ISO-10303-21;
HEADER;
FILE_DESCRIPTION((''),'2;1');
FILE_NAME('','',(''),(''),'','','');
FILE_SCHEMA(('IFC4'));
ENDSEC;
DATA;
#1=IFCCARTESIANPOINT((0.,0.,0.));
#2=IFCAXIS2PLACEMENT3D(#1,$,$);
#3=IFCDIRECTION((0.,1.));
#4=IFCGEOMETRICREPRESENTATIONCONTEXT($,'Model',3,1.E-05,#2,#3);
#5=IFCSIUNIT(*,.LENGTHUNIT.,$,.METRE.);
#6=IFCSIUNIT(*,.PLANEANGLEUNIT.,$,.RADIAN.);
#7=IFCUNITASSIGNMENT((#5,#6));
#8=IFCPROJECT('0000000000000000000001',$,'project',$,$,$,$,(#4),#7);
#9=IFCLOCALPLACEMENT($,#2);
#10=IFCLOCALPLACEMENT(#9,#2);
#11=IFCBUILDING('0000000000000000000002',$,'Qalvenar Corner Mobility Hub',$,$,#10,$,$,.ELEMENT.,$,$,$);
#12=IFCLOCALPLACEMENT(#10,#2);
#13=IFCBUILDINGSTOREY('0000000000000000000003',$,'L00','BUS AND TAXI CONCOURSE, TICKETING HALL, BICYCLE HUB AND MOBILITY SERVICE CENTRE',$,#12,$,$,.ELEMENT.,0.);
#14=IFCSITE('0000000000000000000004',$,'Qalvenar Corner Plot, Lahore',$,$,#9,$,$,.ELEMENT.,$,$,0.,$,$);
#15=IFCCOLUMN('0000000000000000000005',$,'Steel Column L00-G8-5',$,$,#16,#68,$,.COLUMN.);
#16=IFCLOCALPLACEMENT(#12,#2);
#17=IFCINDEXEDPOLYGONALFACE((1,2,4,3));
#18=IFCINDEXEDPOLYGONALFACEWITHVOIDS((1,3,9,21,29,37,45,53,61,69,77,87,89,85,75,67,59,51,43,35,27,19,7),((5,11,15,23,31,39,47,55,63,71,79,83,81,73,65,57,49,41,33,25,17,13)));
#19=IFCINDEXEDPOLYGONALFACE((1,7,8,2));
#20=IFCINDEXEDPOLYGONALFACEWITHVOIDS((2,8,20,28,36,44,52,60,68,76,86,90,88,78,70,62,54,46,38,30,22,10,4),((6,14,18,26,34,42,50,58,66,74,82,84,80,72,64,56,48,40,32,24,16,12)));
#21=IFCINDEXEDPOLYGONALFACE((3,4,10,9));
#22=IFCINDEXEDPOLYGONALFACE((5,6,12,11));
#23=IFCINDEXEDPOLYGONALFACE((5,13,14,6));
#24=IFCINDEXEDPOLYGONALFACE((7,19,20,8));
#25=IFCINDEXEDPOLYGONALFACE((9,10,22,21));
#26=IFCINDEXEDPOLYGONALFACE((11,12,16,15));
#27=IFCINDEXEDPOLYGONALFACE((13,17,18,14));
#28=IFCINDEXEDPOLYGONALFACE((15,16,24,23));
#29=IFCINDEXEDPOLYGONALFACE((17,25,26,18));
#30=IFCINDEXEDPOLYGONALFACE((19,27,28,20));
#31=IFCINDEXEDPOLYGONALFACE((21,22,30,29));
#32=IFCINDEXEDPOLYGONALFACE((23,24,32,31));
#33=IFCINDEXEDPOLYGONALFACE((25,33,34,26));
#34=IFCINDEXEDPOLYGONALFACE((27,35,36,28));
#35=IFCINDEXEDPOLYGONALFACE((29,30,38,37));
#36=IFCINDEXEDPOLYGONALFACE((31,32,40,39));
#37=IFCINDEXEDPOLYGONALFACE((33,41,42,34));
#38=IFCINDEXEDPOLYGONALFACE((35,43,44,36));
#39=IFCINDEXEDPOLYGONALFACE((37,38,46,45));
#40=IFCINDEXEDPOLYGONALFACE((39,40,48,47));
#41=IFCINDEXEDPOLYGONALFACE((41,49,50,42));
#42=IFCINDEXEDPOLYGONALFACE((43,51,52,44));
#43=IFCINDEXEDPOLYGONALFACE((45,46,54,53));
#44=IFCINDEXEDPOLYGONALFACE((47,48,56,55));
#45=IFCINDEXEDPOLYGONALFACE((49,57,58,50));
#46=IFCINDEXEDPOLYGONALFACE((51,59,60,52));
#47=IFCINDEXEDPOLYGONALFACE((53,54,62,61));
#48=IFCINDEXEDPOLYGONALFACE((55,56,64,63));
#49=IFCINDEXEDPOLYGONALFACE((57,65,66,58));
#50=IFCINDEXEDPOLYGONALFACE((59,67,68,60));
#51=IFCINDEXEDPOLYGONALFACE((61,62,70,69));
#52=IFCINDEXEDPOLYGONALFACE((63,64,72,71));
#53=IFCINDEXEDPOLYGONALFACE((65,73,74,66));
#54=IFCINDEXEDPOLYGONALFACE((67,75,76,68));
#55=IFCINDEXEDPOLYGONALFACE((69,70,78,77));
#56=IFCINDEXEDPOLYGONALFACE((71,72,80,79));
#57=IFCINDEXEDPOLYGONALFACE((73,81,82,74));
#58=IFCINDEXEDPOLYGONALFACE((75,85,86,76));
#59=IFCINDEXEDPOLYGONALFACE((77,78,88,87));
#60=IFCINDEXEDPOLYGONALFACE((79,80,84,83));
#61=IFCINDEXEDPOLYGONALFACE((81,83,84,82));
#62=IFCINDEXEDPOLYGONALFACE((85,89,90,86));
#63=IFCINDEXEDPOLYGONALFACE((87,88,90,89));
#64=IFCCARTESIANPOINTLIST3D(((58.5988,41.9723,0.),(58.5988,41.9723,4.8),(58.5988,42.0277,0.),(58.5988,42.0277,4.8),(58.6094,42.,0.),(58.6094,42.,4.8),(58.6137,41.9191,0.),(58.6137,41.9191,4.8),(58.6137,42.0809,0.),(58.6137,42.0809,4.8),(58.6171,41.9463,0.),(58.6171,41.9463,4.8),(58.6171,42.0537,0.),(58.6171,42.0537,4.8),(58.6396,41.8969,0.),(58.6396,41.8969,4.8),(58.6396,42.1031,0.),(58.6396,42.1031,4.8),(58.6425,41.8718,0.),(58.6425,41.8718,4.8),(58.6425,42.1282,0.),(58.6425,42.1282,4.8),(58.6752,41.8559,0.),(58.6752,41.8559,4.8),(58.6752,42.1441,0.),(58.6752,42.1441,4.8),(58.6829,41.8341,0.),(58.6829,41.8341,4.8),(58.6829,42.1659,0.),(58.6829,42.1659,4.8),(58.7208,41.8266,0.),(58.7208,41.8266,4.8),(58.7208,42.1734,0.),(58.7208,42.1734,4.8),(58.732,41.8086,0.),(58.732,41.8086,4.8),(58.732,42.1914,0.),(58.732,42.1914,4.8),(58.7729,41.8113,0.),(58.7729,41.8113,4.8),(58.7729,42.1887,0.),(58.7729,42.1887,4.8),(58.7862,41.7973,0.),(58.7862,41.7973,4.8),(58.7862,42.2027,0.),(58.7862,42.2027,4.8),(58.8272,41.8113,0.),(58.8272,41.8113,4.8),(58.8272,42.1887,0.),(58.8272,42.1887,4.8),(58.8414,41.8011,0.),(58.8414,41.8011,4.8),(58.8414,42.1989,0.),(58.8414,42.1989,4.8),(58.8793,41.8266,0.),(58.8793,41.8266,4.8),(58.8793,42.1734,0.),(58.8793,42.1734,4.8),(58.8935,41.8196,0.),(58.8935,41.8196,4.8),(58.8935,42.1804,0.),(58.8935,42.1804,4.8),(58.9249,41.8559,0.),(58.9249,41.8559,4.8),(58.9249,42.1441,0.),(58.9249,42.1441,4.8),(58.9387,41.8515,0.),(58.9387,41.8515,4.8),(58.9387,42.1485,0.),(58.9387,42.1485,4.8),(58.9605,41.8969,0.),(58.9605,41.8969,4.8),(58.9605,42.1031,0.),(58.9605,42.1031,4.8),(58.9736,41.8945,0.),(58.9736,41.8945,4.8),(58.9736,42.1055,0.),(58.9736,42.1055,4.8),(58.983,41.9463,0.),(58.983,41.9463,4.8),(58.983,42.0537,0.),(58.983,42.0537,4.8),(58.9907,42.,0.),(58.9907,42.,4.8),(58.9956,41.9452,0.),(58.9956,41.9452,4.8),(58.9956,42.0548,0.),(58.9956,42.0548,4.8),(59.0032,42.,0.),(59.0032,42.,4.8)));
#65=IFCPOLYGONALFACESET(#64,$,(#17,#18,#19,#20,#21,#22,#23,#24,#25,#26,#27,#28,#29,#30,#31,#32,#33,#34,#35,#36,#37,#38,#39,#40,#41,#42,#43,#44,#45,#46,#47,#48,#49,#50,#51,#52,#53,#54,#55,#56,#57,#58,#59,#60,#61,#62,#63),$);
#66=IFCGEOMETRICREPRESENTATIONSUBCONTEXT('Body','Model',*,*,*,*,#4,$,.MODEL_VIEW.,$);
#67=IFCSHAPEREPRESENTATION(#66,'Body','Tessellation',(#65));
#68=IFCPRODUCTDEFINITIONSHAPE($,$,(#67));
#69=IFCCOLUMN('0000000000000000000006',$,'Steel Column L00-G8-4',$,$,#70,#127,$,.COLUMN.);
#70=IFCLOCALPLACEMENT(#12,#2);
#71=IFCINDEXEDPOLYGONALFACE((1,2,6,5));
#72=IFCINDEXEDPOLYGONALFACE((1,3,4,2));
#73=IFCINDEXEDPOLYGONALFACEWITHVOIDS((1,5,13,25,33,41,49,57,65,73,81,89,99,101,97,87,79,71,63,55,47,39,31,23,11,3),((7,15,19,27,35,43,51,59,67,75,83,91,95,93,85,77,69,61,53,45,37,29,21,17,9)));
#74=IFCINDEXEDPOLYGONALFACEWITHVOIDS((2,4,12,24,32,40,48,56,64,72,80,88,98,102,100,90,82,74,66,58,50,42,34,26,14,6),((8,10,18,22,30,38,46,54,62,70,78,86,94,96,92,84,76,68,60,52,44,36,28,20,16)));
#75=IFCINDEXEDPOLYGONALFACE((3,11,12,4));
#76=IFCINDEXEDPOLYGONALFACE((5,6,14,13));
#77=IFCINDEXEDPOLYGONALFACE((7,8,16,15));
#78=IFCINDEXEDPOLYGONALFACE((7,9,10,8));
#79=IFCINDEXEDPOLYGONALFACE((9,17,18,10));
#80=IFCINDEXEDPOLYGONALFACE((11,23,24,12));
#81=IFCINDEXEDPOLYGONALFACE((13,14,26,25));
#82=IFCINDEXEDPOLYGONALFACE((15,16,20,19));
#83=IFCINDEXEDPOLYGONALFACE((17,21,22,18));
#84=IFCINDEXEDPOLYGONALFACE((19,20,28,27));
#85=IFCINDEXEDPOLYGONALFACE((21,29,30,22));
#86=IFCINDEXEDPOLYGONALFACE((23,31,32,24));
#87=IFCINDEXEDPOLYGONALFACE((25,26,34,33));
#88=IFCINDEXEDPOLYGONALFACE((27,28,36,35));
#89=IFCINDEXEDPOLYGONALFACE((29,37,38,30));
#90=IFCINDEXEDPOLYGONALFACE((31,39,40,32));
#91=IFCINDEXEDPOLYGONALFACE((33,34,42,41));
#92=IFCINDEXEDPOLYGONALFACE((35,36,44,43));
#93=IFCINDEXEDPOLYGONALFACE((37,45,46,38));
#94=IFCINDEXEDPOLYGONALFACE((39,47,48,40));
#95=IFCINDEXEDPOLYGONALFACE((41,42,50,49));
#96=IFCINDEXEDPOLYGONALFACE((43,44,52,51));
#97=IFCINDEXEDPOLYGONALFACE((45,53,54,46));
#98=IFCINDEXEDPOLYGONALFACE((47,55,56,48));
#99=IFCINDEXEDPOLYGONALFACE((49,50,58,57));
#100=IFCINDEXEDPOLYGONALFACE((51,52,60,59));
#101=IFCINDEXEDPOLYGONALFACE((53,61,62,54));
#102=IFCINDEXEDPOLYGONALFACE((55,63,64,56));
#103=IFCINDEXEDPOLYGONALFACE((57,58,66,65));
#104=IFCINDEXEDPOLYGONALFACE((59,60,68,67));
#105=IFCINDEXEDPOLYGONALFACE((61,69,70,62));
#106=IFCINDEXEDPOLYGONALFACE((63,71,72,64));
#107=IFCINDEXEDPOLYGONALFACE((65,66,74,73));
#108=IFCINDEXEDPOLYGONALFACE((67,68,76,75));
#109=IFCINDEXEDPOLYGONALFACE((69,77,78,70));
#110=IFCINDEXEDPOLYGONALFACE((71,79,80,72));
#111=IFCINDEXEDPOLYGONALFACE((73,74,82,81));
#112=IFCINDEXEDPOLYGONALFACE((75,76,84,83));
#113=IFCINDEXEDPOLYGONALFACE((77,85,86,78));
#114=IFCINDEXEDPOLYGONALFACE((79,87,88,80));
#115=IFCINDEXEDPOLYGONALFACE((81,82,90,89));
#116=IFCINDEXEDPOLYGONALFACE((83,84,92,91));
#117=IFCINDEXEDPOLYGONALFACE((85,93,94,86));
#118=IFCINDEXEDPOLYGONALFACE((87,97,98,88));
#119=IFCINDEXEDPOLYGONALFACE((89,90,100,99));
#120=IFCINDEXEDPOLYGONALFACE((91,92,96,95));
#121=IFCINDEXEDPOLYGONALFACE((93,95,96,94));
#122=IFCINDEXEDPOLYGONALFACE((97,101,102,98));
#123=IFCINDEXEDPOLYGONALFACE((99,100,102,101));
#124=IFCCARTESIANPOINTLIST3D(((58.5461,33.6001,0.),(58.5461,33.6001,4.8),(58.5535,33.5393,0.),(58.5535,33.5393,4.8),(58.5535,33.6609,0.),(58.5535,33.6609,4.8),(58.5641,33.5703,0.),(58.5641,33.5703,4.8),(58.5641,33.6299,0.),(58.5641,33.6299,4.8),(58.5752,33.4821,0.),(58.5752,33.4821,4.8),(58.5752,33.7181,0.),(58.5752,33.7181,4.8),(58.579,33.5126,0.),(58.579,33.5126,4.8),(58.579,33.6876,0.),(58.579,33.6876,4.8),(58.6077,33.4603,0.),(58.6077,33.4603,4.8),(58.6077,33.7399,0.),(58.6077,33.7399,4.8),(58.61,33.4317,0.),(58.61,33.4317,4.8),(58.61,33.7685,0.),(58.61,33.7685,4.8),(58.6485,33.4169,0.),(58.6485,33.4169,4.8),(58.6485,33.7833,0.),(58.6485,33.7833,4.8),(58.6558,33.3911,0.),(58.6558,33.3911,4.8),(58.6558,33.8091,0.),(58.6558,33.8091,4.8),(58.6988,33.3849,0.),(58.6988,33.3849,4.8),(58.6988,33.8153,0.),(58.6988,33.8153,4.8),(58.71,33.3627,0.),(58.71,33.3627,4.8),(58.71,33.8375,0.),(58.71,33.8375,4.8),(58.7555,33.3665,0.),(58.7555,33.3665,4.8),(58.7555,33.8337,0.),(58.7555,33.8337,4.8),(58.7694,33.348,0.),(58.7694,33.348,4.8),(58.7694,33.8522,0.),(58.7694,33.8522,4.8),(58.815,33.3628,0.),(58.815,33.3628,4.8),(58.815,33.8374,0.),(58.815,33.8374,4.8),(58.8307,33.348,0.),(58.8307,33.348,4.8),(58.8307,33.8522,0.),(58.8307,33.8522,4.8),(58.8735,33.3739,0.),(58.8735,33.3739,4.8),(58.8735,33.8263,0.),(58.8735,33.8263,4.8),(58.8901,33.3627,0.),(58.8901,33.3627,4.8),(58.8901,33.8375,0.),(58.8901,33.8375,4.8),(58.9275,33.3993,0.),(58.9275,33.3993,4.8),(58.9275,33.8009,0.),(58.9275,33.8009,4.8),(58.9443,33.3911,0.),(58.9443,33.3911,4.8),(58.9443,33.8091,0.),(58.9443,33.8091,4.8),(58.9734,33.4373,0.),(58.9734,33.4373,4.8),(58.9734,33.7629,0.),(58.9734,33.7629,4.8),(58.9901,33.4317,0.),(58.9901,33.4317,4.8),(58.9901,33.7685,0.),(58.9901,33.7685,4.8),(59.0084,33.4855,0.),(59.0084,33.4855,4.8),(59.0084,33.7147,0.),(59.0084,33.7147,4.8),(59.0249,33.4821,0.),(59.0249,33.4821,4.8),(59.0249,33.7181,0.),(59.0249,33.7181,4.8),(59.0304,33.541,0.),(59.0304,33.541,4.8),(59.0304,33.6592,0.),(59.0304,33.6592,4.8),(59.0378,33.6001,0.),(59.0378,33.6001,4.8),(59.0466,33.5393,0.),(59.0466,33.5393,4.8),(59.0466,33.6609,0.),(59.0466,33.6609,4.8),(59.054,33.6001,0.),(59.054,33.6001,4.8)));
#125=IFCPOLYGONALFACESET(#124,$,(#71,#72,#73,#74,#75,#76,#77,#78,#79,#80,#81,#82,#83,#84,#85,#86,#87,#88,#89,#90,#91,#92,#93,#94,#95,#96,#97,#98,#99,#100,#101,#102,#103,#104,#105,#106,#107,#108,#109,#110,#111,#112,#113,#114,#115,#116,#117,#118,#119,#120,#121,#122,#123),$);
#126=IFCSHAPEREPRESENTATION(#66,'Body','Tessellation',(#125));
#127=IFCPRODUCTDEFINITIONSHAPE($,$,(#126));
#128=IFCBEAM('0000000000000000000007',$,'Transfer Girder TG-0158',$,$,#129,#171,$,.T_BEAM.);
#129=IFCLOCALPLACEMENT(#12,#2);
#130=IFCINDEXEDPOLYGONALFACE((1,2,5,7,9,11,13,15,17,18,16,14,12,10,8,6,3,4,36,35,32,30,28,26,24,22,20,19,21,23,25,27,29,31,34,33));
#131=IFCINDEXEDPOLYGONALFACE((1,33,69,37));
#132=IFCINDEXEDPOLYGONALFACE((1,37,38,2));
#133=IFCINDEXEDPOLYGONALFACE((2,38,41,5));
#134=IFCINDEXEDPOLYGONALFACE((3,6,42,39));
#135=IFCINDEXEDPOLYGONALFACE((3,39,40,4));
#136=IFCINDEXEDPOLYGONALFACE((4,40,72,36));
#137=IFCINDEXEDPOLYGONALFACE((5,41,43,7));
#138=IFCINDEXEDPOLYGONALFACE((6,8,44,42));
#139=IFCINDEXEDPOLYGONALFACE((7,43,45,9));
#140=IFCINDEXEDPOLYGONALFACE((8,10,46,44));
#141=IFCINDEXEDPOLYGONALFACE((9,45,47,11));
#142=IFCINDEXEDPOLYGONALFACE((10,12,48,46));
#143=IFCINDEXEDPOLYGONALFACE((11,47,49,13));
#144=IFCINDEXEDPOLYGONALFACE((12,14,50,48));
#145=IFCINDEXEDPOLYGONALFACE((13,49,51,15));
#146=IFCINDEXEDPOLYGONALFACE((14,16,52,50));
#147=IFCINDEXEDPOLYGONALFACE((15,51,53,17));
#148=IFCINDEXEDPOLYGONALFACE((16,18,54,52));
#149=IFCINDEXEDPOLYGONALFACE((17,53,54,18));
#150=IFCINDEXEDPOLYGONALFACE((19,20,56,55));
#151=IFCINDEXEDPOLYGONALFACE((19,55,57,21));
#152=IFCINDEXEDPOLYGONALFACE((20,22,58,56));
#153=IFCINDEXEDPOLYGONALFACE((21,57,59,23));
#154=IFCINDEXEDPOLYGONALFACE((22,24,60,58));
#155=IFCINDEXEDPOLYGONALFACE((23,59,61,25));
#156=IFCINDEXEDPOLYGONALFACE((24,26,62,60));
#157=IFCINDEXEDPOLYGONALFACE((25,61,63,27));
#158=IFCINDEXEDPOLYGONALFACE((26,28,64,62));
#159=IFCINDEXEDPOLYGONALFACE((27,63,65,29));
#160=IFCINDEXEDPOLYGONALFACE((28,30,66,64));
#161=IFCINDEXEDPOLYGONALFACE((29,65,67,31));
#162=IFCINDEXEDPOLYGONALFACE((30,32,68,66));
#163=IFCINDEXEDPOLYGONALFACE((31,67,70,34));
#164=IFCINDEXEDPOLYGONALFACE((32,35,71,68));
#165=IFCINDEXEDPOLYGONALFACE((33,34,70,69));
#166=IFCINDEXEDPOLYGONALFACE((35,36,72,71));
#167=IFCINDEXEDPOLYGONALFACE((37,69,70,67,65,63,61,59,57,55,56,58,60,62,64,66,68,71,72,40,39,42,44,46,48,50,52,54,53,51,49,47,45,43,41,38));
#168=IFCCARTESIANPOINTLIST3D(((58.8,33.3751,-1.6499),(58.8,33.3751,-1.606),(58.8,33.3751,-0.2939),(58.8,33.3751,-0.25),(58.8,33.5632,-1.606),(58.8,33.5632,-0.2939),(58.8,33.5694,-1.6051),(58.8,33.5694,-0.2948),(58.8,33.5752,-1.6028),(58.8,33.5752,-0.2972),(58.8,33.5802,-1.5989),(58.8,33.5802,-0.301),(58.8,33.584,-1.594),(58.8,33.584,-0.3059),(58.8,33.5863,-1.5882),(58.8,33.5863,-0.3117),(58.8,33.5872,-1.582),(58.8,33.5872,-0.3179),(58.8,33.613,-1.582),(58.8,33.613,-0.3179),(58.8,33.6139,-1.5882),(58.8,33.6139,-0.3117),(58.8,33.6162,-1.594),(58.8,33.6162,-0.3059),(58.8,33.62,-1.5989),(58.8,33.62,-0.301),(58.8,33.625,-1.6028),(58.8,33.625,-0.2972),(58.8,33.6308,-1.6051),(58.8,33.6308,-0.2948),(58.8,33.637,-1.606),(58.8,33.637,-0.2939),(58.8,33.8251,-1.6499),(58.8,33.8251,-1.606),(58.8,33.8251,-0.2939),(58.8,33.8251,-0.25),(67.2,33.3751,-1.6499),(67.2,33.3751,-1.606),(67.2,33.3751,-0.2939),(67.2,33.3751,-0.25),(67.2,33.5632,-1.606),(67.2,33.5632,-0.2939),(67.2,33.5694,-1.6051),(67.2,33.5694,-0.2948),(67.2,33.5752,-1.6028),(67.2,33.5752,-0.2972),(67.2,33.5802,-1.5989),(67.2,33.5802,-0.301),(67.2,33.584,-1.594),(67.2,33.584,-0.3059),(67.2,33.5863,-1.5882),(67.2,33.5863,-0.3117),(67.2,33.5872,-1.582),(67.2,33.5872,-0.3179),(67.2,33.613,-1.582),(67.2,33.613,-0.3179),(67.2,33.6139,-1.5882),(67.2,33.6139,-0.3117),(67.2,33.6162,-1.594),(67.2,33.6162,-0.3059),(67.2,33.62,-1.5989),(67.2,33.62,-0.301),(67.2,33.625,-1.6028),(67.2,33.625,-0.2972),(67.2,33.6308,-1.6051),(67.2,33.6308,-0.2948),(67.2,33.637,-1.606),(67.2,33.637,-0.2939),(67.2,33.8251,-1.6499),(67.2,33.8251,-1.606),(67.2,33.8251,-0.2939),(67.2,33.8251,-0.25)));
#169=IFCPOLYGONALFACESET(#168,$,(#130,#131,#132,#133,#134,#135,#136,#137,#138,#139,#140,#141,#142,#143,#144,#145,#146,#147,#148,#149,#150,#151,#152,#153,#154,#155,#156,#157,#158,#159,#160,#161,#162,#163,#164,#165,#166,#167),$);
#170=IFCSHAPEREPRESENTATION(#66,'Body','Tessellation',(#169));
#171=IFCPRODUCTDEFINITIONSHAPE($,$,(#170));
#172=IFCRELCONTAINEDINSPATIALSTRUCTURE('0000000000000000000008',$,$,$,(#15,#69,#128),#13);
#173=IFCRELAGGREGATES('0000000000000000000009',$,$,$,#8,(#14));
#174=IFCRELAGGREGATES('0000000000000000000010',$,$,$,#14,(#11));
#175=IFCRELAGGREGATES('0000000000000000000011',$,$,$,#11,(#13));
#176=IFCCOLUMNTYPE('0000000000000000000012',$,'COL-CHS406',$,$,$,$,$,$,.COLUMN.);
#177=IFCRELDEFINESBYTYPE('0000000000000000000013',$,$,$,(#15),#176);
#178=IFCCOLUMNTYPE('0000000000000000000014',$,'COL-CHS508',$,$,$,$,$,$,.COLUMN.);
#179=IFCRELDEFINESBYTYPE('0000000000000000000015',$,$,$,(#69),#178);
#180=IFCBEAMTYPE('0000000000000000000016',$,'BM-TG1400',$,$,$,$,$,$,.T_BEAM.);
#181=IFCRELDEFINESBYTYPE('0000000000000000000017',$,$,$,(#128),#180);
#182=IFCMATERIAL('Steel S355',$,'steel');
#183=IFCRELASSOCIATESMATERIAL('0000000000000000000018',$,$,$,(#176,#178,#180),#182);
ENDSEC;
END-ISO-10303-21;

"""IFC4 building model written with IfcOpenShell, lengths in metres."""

from ifc_helpers import new_model, si_unit, direction, frame, origin, origin_2d, place, context, subcontext, project, spatial, hollow_circle, i_section, extrude, material, material_profile, profile_set, type_object, element, save


model = new_model("IFC4")

# Units and contexts
model_context = context("Model", 3, precision=1e-05, world=origin(), true_north=direction((0.0, 1.0)))
body_context = subcontext(model_context, "Body", "Model", "MODEL_VIEW")
ifc_project = project(units=[si_unit("LENGTHUNIT", "METRE"), si_unit("PLANEANGLEUNIT", "RADIAN")], contexts=[model_context])

# Site, building, storey
site_placement = place(None, origin())
site = spatial("IfcSite", under=ifc_project, at=site_placement, Name="Qalvenar Corner Plot, Lahore", CompositionType="ELEMENT", RefElevation=0.0)
building_placement = place(site_placement, origin())
building = spatial("IfcBuilding", under=site, at=building_placement, Name="Qalvenar Corner Mobility Hub", CompositionType="ELEMENT")
storey_placement = place(building_placement, origin())
storey = spatial("IfcBuildingStorey", under=building, at=storey_placement, Name="L00", Description="BUS AND TAXI CONCOURSE, TICKETING HALL, BICYCLE HUB AND MOBILITY SERVICE CENTRE", CompositionType="ELEMENT", Elevation=0.0)

# Columns
ifc_material_1 = material(Name="Steel S355", Category="steel")
ifc_material_profile_1 = material_profile(ifc_material_1, hollow_circle(Radius=0.2031, WallThickness=0.0125, at=origin_2d()), Name="CHS406.4x12.5")
ifc_profile_set_1 = profile_set([ifc_material_profile_1], Name="Steel S355")
column_type_1 = type_object("IfcColumnType", Name="COL-CHS406", PredefinedType="COLUMN", material=ifc_profile_set_1)
column_1_placement = place(storey_placement, frame((58.8, 42.0, 0.0), z_axis=(0.0, 0.0, 1.0), x_axis=(1.0, 0.0, 0.0)))
element("IfcColumn", 1, at=column_1_placement, inside=storey, type_object=column_type_1, Name="Steel Column L00-G8-5", PredefinedType="COLUMN", context=body_context, shape_type="SweptSolid", body=[
    extrude(hollow_circle(Radius=0.2031, WallThickness=0.0125, at=origin_2d()), origin(), (0.0, 0.0, 1.0), 4.8),
])
ifc_material_profile_2 = material_profile(ifc_material_1, hollow_circle(Radius=0.2539, WallThickness=0.0161, at=origin_2d()), Name="CHS508x16")
ifc_profile_set_2 = profile_set([ifc_material_profile_2], Name="Steel S355")
column_type_2 = type_object("IfcColumnType", Name="COL-CHS508", PredefinedType="COLUMN", material=ifc_profile_set_2)
column_2_placement = place(storey_placement, frame((58.8, 33.6001, 0.0), z_axis=(0.0, 0.0, 1.0), x_axis=(1.0, 0.0, 0.0)))
element("IfcColumn", 2, at=column_2_placement, inside=storey, type_object=column_type_2, Name="Steel Column L00-G8-4", PredefinedType="COLUMN", context=body_context, shape_type="SweptSolid", body=[
    extrude(hollow_circle(Radius=0.2539, WallThickness=0.0161, at=origin_2d()), origin(), (0.0, 0.0, 1.0), 4.8),
])

# Beam
ifc_material_profile_3 = material_profile(ifc_material_1, i_section(OverallWidth=0.45, OverallDepth=1.3999, WebThickness=0.0259, FlangeThickness=0.0439, FilletRadius=0.0239, at=origin_2d()), Name="W1100x499-TG1400")
ifc_profile_set_3 = profile_set([ifc_material_profile_3], Name="Steel S355")
beam_type = type_object("IfcBeamType", Name="BM-TG1400", PredefinedType="T_BEAM", material=ifc_profile_set_3)
beam_placement = place(storey_placement, frame((58.8, 33.6001, -0.95), z_axis=(1.0, 0.0, 0.0), x_axis=(0.0, 1.0, 0.0)))
element("IfcBeam", 3, at=beam_placement, inside=storey, type_object=beam_type, Name="Transfer Girder TG-0158", PredefinedType="T_BEAM", context=body_context, shape_type="SweptSolid", body=[
    extrude(i_section(OverallWidth=0.45, OverallDepth=1.3999, WebThickness=0.0259, FlangeThickness=0.0439, FilletRadius=0.0239, at=origin_2d()), origin(), (0.0, 0.0, 1.0), 8.3999),
])

save(model, "model.ifc")
